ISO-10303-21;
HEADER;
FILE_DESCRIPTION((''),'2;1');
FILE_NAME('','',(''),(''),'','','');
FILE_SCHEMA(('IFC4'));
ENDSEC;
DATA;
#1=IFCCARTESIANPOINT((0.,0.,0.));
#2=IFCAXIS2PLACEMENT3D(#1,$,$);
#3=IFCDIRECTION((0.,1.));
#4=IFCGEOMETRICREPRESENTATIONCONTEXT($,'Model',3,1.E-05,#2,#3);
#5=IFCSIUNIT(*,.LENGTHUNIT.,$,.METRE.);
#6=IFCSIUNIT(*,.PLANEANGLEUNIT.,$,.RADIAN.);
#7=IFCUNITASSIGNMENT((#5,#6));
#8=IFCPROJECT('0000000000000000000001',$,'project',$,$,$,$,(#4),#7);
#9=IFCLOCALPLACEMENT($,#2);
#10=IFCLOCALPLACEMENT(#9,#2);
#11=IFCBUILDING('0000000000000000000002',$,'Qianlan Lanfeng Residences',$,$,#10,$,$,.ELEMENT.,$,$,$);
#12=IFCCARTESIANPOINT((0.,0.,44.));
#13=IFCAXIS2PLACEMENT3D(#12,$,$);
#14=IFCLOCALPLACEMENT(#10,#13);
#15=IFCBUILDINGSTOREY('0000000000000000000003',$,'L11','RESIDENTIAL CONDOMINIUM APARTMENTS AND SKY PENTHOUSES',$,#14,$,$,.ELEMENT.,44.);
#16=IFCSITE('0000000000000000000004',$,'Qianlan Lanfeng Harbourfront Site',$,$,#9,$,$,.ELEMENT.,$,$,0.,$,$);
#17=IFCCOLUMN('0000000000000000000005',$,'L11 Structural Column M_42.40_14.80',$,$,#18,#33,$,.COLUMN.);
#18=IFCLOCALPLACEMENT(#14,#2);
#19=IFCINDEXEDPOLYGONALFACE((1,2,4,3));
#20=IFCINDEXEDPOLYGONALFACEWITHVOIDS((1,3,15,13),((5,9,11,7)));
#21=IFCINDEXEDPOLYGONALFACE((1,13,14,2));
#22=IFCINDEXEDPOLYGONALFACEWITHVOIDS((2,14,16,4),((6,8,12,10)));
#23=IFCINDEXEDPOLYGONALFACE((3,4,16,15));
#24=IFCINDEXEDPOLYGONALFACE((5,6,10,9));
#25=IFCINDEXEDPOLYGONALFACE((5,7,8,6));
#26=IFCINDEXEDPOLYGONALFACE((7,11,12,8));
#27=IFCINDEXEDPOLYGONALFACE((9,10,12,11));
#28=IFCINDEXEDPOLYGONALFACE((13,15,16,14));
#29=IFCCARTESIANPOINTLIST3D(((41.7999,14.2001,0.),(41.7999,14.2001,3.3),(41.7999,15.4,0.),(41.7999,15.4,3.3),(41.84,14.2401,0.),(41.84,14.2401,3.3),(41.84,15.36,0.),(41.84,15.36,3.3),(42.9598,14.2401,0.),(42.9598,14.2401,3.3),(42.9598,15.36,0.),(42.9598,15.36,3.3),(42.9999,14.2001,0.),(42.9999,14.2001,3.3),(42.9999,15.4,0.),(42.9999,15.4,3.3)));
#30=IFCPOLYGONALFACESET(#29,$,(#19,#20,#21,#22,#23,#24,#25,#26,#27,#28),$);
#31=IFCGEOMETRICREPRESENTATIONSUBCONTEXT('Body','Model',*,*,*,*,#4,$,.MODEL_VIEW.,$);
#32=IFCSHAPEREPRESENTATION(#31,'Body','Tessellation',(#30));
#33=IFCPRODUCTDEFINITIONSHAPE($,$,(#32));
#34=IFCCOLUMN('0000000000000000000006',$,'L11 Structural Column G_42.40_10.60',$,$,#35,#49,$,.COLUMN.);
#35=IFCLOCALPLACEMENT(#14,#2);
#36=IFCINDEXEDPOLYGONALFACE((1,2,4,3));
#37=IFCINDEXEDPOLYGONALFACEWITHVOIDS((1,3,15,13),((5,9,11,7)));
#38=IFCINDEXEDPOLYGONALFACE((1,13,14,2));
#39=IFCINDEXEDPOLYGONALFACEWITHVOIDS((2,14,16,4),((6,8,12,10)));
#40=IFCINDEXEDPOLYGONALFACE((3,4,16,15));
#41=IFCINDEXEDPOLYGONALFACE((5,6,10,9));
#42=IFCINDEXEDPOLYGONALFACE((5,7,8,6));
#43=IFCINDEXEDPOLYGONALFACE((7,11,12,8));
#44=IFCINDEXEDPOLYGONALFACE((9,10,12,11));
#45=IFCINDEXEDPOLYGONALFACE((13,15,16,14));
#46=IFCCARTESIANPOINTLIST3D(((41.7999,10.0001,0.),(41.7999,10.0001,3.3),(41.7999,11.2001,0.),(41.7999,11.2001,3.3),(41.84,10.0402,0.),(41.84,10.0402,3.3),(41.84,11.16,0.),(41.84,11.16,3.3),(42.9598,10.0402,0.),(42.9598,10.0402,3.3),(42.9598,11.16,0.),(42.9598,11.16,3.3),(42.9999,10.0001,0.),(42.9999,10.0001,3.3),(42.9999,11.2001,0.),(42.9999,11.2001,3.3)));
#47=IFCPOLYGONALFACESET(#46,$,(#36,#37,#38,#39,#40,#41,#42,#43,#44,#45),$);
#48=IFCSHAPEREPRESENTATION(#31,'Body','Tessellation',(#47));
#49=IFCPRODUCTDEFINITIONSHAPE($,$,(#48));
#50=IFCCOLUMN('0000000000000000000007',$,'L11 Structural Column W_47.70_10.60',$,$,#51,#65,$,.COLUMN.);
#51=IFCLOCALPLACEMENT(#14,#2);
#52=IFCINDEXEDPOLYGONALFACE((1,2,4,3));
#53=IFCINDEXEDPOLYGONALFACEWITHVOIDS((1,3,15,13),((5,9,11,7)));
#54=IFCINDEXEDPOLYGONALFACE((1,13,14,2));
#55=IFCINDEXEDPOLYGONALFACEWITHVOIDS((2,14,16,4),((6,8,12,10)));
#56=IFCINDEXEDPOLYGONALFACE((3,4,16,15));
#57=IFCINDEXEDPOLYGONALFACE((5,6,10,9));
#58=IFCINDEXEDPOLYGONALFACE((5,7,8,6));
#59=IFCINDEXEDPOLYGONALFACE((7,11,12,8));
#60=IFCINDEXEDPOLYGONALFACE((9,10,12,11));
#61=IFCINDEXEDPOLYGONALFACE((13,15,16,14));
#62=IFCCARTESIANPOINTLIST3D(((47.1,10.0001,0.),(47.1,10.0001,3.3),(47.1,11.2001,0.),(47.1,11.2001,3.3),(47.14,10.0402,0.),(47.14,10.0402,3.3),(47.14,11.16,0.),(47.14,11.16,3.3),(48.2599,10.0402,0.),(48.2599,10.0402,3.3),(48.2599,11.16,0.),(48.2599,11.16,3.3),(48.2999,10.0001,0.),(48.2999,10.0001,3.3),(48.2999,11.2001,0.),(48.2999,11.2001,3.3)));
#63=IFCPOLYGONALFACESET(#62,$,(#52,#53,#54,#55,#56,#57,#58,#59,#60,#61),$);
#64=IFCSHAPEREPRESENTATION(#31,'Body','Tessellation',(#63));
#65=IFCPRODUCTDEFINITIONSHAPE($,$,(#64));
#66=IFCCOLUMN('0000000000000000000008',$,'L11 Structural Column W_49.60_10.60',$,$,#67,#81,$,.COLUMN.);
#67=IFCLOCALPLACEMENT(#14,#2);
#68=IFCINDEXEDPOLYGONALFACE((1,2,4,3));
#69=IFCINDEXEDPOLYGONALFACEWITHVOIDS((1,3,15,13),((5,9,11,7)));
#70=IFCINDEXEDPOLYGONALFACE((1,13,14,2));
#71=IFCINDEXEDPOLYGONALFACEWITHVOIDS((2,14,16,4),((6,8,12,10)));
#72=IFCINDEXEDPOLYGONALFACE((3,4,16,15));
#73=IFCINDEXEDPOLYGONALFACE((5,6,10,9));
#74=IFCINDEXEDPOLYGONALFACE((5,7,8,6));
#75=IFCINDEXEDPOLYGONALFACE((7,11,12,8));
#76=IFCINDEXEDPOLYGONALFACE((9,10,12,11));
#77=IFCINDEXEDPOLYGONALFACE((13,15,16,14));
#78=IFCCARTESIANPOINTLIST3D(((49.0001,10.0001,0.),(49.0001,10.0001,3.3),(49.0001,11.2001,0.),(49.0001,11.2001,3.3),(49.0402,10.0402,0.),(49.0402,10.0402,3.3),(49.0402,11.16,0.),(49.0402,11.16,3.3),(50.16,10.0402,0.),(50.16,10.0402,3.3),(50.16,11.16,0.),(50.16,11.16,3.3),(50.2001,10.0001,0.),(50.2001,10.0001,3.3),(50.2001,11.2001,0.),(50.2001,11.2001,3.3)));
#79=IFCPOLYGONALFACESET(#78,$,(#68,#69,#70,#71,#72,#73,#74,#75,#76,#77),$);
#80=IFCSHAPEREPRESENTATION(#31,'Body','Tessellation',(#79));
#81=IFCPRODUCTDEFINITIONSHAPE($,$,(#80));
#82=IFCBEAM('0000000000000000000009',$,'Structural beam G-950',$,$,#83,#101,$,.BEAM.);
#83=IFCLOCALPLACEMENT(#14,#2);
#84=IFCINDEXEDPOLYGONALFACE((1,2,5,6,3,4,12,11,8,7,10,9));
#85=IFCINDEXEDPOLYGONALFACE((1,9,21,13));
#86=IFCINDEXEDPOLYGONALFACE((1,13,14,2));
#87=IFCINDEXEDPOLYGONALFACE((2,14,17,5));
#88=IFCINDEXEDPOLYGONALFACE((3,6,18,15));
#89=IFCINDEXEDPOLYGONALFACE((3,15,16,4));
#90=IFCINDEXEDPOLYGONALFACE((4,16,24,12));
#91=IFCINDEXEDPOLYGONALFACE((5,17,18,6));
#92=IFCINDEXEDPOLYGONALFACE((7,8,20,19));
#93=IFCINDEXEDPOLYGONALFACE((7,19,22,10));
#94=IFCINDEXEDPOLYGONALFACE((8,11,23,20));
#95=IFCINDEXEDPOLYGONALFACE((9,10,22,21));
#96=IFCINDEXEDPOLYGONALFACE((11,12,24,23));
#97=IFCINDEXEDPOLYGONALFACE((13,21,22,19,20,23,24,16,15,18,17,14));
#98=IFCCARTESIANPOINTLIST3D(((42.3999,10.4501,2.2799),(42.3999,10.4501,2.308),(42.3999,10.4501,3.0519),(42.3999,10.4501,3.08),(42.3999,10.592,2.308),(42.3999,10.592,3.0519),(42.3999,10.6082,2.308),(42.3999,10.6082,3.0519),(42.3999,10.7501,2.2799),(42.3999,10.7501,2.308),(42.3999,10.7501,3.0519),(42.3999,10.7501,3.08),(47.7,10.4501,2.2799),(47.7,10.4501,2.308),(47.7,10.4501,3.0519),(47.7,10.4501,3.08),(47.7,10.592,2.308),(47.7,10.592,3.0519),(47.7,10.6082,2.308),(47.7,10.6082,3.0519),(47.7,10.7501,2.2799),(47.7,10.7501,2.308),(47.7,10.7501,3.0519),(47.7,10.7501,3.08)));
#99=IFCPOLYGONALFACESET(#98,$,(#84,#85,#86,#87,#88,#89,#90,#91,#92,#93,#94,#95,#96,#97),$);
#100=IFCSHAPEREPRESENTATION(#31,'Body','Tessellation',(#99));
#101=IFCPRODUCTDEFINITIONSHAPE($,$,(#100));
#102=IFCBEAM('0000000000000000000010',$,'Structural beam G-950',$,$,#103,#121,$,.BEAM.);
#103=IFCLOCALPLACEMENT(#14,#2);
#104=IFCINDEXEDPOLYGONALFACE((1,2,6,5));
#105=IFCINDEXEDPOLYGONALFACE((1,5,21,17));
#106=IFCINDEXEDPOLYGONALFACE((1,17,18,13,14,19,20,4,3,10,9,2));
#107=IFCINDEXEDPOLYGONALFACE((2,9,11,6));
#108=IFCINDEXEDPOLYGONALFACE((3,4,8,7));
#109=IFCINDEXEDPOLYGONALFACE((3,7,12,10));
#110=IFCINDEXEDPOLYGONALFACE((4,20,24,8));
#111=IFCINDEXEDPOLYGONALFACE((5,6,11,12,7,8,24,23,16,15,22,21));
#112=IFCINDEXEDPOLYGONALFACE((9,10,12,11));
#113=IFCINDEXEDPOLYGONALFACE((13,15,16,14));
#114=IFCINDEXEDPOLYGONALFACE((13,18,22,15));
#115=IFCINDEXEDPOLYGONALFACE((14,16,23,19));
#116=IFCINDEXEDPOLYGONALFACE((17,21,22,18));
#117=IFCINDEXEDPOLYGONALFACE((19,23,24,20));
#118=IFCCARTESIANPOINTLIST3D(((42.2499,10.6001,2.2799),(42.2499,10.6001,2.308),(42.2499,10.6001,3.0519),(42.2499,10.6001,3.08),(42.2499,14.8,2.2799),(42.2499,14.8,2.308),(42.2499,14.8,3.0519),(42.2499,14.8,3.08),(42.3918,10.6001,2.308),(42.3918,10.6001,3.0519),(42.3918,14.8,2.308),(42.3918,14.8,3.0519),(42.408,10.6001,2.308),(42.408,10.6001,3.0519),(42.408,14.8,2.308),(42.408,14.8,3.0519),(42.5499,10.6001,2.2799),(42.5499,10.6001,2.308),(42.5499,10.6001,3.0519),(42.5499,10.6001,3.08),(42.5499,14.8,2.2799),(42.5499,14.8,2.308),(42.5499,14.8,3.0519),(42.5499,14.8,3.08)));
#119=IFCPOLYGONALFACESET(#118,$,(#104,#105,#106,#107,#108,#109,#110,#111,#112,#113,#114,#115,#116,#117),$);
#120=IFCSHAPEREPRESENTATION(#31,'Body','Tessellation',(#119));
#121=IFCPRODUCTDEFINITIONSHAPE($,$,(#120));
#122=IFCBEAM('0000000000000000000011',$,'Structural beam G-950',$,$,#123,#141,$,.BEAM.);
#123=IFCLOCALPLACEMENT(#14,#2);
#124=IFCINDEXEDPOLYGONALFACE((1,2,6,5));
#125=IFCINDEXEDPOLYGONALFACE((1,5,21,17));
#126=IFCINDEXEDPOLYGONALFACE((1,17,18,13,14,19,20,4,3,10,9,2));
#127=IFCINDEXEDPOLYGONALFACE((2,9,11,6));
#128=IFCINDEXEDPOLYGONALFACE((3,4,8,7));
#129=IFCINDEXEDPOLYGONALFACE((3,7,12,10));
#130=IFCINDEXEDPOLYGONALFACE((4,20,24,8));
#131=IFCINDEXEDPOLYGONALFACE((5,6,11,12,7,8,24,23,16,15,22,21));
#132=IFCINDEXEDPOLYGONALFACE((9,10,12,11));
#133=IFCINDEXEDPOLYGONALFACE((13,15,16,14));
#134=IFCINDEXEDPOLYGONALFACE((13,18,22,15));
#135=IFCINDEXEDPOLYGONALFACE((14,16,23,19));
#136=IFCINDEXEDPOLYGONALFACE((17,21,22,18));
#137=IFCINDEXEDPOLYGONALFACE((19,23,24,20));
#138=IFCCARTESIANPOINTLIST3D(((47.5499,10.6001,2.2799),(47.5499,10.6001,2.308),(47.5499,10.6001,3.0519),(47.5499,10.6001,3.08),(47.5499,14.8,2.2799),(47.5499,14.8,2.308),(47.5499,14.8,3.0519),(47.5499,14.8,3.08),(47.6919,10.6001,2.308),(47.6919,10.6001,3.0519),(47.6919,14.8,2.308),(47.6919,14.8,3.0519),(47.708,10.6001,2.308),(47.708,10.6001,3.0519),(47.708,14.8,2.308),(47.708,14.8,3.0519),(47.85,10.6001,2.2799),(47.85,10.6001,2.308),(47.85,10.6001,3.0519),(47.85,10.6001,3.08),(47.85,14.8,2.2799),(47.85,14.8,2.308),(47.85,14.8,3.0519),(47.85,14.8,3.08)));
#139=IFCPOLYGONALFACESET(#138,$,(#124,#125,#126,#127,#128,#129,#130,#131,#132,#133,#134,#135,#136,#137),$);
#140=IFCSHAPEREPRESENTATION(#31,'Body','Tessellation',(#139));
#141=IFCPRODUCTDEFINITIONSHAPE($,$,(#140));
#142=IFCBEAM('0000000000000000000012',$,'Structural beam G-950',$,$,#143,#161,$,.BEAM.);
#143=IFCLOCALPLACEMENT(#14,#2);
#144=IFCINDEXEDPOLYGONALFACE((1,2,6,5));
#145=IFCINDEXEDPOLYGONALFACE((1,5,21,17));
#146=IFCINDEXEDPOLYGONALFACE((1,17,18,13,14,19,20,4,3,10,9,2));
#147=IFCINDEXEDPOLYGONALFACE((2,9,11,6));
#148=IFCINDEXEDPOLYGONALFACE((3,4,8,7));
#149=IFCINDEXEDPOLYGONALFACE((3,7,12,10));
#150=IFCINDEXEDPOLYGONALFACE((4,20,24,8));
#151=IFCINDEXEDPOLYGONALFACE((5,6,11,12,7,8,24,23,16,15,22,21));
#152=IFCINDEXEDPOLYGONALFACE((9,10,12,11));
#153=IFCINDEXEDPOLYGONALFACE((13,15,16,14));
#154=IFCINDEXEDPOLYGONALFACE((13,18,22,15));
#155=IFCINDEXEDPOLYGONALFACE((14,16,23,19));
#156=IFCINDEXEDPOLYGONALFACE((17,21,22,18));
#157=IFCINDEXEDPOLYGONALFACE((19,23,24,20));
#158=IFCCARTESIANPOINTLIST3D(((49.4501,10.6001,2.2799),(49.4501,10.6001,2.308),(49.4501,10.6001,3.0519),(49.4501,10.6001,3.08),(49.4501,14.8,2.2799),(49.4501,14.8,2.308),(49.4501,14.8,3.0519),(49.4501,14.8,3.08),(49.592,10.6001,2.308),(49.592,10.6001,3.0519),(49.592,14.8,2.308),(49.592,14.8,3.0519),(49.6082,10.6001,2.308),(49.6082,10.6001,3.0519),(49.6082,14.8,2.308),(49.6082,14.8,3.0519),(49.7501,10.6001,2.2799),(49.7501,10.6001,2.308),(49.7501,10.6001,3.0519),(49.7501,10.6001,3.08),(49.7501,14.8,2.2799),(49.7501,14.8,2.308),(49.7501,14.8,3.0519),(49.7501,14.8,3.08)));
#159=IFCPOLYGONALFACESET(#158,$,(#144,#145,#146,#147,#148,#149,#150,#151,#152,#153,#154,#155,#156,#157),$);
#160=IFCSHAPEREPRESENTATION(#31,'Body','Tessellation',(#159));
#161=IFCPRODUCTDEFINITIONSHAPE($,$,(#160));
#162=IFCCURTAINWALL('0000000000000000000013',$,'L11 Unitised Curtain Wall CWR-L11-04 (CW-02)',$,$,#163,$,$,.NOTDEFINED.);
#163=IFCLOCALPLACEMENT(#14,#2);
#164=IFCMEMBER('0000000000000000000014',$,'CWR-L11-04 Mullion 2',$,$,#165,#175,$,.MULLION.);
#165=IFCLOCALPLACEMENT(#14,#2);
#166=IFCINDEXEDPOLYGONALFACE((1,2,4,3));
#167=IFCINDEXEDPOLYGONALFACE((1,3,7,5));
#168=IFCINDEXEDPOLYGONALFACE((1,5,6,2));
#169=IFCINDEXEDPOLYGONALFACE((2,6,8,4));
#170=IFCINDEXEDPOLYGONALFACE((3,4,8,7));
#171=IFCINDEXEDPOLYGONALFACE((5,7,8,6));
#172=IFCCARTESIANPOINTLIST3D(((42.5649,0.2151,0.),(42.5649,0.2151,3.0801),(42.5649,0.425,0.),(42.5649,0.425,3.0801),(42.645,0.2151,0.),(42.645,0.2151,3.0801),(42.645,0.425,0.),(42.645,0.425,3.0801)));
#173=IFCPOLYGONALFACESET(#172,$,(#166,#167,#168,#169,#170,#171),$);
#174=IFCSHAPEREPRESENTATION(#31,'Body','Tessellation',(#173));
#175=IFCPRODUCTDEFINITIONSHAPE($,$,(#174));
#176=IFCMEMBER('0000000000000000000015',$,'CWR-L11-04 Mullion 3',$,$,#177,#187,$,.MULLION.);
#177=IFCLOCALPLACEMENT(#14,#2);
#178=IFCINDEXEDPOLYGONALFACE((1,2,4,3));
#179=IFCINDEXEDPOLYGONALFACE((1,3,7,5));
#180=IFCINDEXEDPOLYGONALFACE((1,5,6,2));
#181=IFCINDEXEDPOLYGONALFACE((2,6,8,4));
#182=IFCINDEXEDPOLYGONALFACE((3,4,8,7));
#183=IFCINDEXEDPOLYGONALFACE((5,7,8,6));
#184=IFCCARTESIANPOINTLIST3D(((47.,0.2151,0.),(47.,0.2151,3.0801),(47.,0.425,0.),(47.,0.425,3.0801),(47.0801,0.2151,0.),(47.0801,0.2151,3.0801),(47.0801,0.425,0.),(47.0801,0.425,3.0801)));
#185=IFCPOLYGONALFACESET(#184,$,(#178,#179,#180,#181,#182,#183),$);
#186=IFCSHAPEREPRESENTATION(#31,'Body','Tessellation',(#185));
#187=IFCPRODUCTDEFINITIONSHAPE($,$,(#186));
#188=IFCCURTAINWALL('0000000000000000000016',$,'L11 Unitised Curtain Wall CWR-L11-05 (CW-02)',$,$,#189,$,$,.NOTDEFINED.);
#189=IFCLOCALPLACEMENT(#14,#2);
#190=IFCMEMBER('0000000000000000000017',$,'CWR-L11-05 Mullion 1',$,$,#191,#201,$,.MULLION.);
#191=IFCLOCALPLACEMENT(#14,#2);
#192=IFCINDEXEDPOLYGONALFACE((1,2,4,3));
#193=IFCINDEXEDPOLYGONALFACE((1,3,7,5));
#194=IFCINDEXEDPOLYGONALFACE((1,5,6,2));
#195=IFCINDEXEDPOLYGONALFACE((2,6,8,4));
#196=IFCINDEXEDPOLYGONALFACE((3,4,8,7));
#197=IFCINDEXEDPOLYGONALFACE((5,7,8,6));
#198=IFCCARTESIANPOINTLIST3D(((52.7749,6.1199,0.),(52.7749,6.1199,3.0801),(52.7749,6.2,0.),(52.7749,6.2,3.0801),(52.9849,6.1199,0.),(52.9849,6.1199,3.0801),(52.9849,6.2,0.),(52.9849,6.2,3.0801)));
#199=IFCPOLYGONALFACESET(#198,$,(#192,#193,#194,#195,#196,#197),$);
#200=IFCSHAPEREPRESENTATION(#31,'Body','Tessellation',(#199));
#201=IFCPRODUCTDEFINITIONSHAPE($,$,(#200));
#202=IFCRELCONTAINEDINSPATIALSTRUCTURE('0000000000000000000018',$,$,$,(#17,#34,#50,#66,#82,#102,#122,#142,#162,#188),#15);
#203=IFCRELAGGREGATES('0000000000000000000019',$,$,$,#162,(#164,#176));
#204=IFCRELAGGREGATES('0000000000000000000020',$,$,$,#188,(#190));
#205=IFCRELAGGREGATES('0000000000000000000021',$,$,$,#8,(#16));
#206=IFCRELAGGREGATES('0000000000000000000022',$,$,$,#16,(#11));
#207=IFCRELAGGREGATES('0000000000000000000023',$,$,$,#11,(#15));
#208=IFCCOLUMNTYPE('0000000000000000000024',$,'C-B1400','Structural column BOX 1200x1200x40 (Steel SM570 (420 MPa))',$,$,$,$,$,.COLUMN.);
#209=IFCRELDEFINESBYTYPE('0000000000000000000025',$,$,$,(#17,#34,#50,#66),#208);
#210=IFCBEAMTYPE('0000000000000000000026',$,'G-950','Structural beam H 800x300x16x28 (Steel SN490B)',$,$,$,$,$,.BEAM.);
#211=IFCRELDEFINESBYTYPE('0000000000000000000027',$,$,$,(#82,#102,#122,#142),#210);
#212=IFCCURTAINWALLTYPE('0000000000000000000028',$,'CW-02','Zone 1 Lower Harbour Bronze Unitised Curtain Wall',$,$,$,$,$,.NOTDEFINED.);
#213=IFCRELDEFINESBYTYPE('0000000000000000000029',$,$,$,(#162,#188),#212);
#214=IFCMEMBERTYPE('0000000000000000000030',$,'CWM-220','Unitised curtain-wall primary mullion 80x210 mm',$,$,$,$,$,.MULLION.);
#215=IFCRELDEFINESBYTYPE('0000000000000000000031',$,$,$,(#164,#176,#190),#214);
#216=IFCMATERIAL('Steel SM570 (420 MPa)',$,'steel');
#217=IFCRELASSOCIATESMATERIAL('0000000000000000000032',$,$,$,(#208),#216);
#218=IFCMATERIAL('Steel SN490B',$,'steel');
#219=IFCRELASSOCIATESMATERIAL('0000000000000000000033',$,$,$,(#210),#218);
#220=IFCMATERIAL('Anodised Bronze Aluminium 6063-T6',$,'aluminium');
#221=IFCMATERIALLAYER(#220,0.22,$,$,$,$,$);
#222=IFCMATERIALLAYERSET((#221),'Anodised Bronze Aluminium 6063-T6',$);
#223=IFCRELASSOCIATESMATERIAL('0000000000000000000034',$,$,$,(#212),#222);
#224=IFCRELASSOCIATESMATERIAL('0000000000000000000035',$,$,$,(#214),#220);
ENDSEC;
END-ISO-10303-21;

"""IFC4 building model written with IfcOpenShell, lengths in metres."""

from ifc_helpers import new_model, si_unit, direction, frame, origin, origin_2d, place, context, subcontext, project, spatial, rectangle, hollow_rectangle, i_section, extrude, source, transform, mapped, material, layer, layer_set, material_profile, profile_set, type_object, element, aggregate, save


model = new_model("IFC4")

# Units and contexts
model_context = context("Model", 3, precision=1e-05, world=origin(), true_north=direction((0.0, 1.0)))
body_context = subcontext(model_context, "Body", "Model", "MODEL_VIEW")
ifc_project = project(units=[si_unit("LENGTHUNIT", "METRE"), si_unit("PLANEANGLEUNIT", "RADIAN")], contexts=[model_context])

# Site, building, storey
site_placement = place(None, origin())
site = spatial("IfcSite", under=ifc_project, at=site_placement, Name="Qianlan Lanfeng Harbourfront Site", CompositionType="ELEMENT", RefElevation=0.0)
building_placement = place(site_placement, origin())
building = spatial("IfcBuilding", under=site, at=building_placement, Name="Qianlan Lanfeng Residences", CompositionType="ELEMENT")
storey_placement = place(building_placement, frame((0.0, 0.0, 44.0)))
storey = spatial("IfcBuildingStorey", under=building, at=storey_placement, Name="L11", Description="RESIDENTIAL CONDOMINIUM APARTMENTS AND SKY PENTHOUSES", CompositionType="ELEMENT", Elevation=44.0)

# Columns
ifc_material_1 = material(Name="Steel SM570 (420 MPa)", Category="steel")
ifc_material_profile_1 = material_profile(ifc_material_1, hollow_rectangle(XDim=1.2, YDim=1.2, WallThickness=0.04, at=origin_2d()), Name="BOX 1200x1200x40")
ifc_profile_set_1 = profile_set([ifc_material_profile_1], Name="Steel SM570 (420 MPa)")
column_type = type_object("IfcColumnType", Name="C-B1400", Description="Structural column BOX 1200x1200x40 (Steel SM570 (420 MPa))", PredefinedType="COLUMN", material=ifc_profile_set_1)
for number, where, z_axis, x_axis, name in (
    (1, (42.3999, 14.8, 0.0), (0.0, 0.0, 1.0), (1.0, 0.0, 0.0), "L11 Structural Column M_42.40_14.80"),
    (2, (42.3999, 10.6001, 0.0), (0.0, 0.0, 1.0), (1.0, 0.0, 0.0), "L11 Structural Column G_42.40_10.60"),
    (3, (47.7, 10.6001, 0.0), (0.0, 0.0, 1.0), (1.0, 0.0, 0.0), "L11 Structural Column W_47.70_10.60"),
    (4, (49.6001, 10.6001, 0.0), (0.0, 0.0, 1.0), (1.0, 0.0, 0.0), "L11 Structural Column W_49.60_10.60"),
):
    element("IfcColumn", number, at=place(storey_placement, frame(where, z_axis=z_axis, x_axis=x_axis)), inside=storey, type_object=column_type, Name=name, PredefinedType="COLUMN", context=body_context, shape_type="SweptSolid", body=[
        extrude(hollow_rectangle(XDim=1.2, YDim=1.2, WallThickness=0.04, at=origin_2d()), origin(), (0.0, 0.0, 1.0), 3.3),
    ])

# Beams
ifc_material_2 = material(Name="Steel SN490B", Category="steel")
ifc_material_profile_2 = material_profile(ifc_material_2, i_section(OverallWidth=0.3, OverallDepth=0.8, WebThickness=0.0161, FlangeThickness=0.0281, at=origin_2d()), Name="H 800x300x16x28")
ifc_profile_set_2 = profile_set([ifc_material_profile_2], Name="Steel SN490B")
beam_type = type_object("IfcBeamType", Name="G-950", Description="Structural beam H 800x300x16x28 (Steel SN490B)", PredefinedType="BEAM", material=ifc_profile_set_2)
beam_placement = place(storey_placement, frame((42.3999, 10.6001, 2.6799), z_axis=(1.0, 0.0, 0.0), x_axis=(0.0, 1.0, 0.0)))
element("IfcBeam", 5, at=beam_placement, inside=storey, type_object=beam_type, Name="Structural beam G-950", PredefinedType="BEAM", context=body_context, shape_type="SweptSolid", body=[
    extrude(i_section(OverallWidth=0.3, OverallDepth=0.8, WebThickness=0.0161, FlangeThickness=0.0281, at=origin_2d()), origin(), (0.0, 0.0, 1.0), 5.3),
])
for number, where, z_axis, x_axis, name in (
    (6, (42.3999, 10.6001, 2.6799), (0.0, 1.0, 0.0), (-1.0, 0.0, 0.0), "Structural beam G-950"),
    (7, (47.7, 10.6001, 2.6799), (0.0, 1.0, 0.0), (-1.0, 0.0, 0.0), "Structural beam G-950"),
    (8, (49.6001, 10.6001, 2.6799), (0.0, 1.0, 0.0), (-1.0, 0.0, 0.0), "Structural beam G-950"),
):
    element("IfcBeam", number, at=place(storey_placement, frame(where, z_axis=z_axis, x_axis=x_axis)), inside=storey, type_object=beam_type, Name=name, PredefinedType="BEAM", context=body_context, shape_type="SweptSolid", body=[
        extrude(i_section(OverallWidth=0.3, OverallDepth=0.8, WebThickness=0.0161, FlangeThickness=0.0281, at=origin_2d()), origin(), (0.0, 0.0, 1.0), 4.2),
    ])

# Curtain wall, members
ifc_material_3 = material(Name="Anodised Bronze Aluminium 6063-T6", Category="aluminium")
ifc_layer_1 = layer(ifc_material_3, 0.22)
ifc_layer_set_1 = layer_set([ifc_layer_1], Name="Anodised Bronze Aluminium 6063-T6")
curtain_wall_type = type_object("IfcCurtainWallType", Name="CW-02", Description="Zone 1 Lower Harbour Bronze Unitised Curtain Wall", PredefinedType="NOTDEFINED", material=ifc_layer_set_1)
curtain_wall_1_placement = place(storey_placement, origin())
curtain_wall_1 = element("IfcCurtainWall", 9, at=curtain_wall_1_placement, inside=storey, type_object=curtain_wall_type, Name="L11 Unitised Curtain Wall CWR-L11-04 (CW-02)", PredefinedType="NOTDEFINED")
ifc_material_profile_3 = material_profile(ifc_material_3, rectangle(XDim=0.0801, YDim=0.21, at=origin_2d()), Name="ALU MULLION 80x210")
ifc_profile_set_3 = profile_set([ifc_material_profile_3], Name="Anodised Bronze Aluminium 6063-T6")
member_type_1 = type_object("IfcMemberType", Name="CWM-220", Description="Unitised curtain-wall primary mullion 80x210 mm", PredefinedType="MULLION", material=ifc_profile_set_3)
shared_shape_1 = source(origin(), body_context, "Body", "SweptSolid", [
    extrude(rectangle(XDim=0.0801, YDim=0.21, at=origin_2d()), origin(), (0.0, 0.0, 1.0), 3.0801),
])
member_1_placement = place(storey_placement, frame((42.605, 0.3201, 0.0), z_axis=(0.0, 0.0, 1.0), x_axis=(1.0, 0.0, 0.0)))
member_1 = element("IfcMember", 10, at=member_1_placement, type_object=member_type_1, Name="CWR-L11-04 Mullion 2", PredefinedType="MULLION", context=body_context, shape_type="MappedRepresentation", body=[
    mapped(shared_shape_1, transform((0.0, 0.0, 0.0), scale=1.0)),
])
member_2_placement = place(storey_placement, frame((47.04, 0.3201, 0.0), z_axis=(0.0, 0.0, 1.0), x_axis=(1.0, 0.0, 0.0)))
member_2 = element("IfcMember", 11, at=member_2_placement, type_object=member_type_1, Name="CWR-L11-04 Mullion 3", PredefinedType="MULLION", context=body_context, shape_type="MappedRepresentation", body=[
    mapped(shared_shape_1, transform((0.0, 0.0, 0.0), scale=1.0)),
])

# Curtain wall, member
curtain_wall_2_placement = place(storey_placement, origin())
curtain_wall_2 = element("IfcCurtainWall", 12, at=curtain_wall_2_placement, inside=storey, type_object=curtain_wall_type, Name="L11 Unitised Curtain Wall CWR-L11-05 (CW-02)", PredefinedType="NOTDEFINED")
member_3_placement = place(storey_placement, frame((52.8799, 6.1599, 0.0), z_axis=(0.0, 0.0, 1.0), x_axis=(0.0, 1.0, 0.0)))
member_3 = element("IfcMember", 13, at=member_3_placement, type_object=member_type_1, Name="CWR-L11-05 Mullion 1", PredefinedType="MULLION", context=body_context, shape_type="MappedRepresentation", body=[
    mapped(shared_shape_1, transform((0.0, 0.0, 0.0), scale=1.0)),
])

aggregate(curtain_wall_1, [member_1, member_2])
aggregate(curtain_wall_2, [member_3])

save(model, "model.ifc")
